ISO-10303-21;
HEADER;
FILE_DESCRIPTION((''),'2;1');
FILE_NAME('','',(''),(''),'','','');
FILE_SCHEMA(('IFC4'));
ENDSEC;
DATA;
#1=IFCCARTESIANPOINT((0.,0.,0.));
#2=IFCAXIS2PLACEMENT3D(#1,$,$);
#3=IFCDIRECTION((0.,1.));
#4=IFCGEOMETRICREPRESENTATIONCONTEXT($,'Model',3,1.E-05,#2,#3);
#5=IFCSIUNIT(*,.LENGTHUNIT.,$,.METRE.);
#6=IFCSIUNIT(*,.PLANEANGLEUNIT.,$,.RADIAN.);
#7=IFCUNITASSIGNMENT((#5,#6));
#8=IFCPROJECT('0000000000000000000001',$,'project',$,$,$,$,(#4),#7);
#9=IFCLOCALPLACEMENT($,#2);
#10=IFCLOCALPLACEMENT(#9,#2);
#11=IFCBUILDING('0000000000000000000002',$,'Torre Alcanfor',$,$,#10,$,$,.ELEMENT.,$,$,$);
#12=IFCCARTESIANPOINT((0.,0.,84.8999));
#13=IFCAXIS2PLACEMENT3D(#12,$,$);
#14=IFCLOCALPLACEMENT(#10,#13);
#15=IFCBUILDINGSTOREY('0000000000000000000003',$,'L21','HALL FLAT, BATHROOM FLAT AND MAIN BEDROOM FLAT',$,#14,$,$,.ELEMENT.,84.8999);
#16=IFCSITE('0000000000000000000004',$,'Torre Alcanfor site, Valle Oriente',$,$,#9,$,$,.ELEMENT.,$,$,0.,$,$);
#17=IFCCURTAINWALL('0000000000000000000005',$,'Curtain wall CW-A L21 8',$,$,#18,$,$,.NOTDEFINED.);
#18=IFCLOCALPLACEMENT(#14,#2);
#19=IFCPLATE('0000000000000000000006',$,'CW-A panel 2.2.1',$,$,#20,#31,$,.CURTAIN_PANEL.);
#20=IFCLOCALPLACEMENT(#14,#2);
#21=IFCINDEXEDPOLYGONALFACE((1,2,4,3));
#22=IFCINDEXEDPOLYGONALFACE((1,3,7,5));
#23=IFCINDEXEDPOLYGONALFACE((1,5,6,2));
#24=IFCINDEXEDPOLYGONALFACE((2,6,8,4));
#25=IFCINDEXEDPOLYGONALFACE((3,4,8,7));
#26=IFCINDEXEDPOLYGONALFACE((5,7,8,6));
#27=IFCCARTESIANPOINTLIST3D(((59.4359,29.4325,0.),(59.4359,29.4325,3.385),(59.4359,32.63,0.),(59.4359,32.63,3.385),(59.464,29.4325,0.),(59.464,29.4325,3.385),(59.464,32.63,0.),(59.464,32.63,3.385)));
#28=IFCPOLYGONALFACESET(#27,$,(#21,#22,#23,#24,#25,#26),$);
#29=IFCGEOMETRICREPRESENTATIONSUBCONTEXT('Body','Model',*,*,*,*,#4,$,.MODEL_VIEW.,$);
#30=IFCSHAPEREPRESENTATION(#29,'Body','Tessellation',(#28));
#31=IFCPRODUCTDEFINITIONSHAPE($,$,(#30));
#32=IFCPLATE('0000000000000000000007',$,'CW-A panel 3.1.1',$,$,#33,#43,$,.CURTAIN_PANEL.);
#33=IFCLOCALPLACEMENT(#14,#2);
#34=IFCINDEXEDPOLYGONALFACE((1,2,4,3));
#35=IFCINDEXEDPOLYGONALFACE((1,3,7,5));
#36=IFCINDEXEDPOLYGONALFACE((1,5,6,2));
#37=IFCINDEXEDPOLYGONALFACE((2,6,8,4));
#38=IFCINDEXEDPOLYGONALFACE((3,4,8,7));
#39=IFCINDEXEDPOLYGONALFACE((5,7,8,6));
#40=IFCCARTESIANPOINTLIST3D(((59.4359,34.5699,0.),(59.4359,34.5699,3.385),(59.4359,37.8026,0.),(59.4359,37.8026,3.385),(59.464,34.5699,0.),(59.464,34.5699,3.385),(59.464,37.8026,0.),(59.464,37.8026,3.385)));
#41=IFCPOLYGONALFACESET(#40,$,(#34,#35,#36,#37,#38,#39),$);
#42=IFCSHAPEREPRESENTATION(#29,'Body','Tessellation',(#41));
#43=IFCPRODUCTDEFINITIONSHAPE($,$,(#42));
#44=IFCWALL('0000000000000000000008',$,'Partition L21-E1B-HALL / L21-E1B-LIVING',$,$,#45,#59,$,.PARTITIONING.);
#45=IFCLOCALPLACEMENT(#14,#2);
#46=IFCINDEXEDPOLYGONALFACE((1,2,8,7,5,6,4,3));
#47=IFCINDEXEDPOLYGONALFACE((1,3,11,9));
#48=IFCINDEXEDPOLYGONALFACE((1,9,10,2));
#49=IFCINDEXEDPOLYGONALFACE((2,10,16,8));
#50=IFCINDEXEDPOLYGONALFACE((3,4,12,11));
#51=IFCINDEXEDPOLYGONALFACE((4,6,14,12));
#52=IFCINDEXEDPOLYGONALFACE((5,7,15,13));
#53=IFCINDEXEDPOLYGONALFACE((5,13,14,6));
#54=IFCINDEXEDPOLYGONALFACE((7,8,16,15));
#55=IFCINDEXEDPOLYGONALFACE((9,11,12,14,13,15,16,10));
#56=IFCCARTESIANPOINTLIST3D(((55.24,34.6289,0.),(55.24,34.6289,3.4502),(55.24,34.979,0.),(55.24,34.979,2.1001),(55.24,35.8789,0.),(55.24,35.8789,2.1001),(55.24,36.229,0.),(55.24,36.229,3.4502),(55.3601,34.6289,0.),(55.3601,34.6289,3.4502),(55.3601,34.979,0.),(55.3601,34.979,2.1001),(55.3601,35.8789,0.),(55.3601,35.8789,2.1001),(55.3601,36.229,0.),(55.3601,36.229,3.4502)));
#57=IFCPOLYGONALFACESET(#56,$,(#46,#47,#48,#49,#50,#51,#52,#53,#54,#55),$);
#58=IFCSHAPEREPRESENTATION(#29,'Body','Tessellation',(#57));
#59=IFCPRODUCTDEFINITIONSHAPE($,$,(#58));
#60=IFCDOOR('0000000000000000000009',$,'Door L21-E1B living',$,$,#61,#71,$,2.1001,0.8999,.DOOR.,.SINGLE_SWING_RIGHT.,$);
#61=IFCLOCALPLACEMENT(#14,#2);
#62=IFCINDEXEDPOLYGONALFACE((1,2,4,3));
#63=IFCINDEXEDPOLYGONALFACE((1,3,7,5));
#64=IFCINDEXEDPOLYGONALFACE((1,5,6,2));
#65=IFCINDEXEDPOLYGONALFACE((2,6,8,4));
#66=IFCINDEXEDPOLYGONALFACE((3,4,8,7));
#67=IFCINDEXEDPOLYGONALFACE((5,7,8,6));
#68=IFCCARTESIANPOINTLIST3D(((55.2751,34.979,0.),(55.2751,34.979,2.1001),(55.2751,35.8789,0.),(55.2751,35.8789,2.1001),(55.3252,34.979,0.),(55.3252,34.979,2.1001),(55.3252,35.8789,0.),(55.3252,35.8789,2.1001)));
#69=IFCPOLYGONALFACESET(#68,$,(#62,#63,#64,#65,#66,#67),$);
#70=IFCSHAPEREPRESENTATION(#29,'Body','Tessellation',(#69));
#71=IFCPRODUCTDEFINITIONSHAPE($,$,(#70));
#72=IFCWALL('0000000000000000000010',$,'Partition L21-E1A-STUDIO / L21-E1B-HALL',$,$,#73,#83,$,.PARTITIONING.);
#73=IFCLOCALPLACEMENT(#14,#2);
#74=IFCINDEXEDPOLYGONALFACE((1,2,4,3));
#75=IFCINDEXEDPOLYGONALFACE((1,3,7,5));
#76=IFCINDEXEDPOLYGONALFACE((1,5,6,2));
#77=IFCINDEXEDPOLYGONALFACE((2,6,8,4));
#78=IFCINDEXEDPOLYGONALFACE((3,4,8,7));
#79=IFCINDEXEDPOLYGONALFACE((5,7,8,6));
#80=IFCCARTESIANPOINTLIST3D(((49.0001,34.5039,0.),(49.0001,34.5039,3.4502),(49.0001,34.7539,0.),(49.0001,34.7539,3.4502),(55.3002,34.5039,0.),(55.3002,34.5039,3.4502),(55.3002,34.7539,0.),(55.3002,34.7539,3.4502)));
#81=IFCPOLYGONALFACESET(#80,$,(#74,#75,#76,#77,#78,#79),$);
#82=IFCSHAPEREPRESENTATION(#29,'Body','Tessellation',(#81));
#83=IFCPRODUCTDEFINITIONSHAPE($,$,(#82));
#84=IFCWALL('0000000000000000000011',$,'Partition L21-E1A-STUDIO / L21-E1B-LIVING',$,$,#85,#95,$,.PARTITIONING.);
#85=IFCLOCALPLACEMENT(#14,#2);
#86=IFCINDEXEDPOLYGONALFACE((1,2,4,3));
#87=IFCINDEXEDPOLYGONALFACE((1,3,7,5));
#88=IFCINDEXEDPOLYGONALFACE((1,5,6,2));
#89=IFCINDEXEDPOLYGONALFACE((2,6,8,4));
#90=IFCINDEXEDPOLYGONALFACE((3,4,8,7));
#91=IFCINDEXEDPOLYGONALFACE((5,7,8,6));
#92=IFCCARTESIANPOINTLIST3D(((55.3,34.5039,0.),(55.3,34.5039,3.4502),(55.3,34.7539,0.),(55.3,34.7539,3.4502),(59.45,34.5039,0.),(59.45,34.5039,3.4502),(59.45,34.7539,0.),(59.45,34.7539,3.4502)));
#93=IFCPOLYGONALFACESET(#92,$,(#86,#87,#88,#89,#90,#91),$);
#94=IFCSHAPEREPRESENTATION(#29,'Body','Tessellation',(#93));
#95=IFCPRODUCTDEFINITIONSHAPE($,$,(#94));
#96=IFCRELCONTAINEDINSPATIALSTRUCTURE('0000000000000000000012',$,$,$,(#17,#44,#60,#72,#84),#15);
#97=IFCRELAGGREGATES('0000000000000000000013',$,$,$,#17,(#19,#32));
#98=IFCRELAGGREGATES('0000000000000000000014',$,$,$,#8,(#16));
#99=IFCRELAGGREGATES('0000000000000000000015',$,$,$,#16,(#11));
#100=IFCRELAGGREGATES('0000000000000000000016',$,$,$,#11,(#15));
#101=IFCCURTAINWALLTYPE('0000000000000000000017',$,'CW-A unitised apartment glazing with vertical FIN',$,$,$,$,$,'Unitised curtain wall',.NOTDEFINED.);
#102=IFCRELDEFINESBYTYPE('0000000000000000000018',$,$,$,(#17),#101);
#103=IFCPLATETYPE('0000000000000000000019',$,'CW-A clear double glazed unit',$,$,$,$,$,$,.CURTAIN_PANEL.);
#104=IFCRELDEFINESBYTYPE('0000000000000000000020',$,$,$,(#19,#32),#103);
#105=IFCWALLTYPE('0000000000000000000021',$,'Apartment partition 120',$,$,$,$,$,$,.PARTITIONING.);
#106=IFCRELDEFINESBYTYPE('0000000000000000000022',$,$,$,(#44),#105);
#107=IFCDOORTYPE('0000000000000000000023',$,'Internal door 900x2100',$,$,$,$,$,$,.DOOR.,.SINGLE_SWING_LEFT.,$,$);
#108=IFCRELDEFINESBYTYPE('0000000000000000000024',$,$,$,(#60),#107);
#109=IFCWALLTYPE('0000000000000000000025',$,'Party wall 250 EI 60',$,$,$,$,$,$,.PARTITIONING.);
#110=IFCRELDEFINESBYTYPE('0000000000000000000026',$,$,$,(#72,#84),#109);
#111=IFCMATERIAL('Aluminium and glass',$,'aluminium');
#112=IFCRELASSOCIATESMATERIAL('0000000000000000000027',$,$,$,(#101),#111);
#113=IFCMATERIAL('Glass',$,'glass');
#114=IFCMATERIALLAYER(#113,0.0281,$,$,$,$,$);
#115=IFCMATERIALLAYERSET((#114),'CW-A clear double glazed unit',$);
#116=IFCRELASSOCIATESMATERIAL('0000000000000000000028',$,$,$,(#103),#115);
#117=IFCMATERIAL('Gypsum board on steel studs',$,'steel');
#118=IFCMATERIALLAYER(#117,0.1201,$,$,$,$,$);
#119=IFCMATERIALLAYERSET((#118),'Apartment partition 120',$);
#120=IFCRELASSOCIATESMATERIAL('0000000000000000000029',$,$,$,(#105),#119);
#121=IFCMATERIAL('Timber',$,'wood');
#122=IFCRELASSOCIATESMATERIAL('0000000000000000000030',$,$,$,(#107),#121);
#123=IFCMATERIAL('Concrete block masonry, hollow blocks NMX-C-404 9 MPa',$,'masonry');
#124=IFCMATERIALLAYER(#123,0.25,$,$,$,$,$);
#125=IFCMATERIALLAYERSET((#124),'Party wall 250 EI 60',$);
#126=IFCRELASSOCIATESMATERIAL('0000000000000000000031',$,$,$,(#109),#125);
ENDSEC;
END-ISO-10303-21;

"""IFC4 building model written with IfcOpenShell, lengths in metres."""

from ifc_helpers import new_model, si_unit, direction, frame, frame_2d, origin, origin_2d, place, context, subcontext, project, spatial, rectangle, extrude, material, layer, layer_set, type_object, element, fill, aggregate, save


model = new_model("IFC4")

# Units and contexts
model_context = context("Model", 3, precision=1e-05, world=origin(), true_north=direction((0.0, 1.0)))
body_context = subcontext(model_context, "Body", "Model", "MODEL_VIEW")
ifc_project = project(units=[si_unit("LENGTHUNIT", "METRE"), si_unit("PLANEANGLEUNIT", "RADIAN")], contexts=[model_context])

# Site, building, storey
site_placement = place(None, origin())
site = spatial("IfcSite", under=ifc_project, at=site_placement, Name="Torre Alcanfor site, Valle Oriente", CompositionType="ELEMENT", RefElevation=0.0)
building_placement = place(site_placement, origin())
building = spatial("IfcBuilding", under=site, at=building_placement, Name="Torre Alcanfor", CompositionType="ELEMENT")
storey_placement = place(building_placement, frame((0.0, 0.0, 84.8999)))
storey = spatial("IfcBuildingStorey", under=building, at=storey_placement, Name="L21", Description="HALL FLAT, BATHROOM FLAT AND MAIN BEDROOM FLAT", CompositionType="ELEMENT", Elevation=84.8999)

# Curtain wall
ifc_material_1 = material(Name="Aluminium and glass", Category="aluminium")
curtain_wall_type = type_object("IfcCurtainWallType", Name="CW-A unitised apartment glazing with vertical FIN", ElementType="Unitised curtain wall", PredefinedType="NOTDEFINED", material=ifc_material_1)
curtain_wall_placement = place(storey_placement, origin())
curtain_wall = element("IfcCurtainWall", 1, at=curtain_wall_placement, inside=storey, type_object=curtain_wall_type, Name="Curtain wall CW-A L21 8", PredefinedType="NOTDEFINED")

# Plates
ifc_material_2 = material(Name="Glass", Category="glass")
ifc_layer_1 = layer(ifc_material_2, 0.0281)
ifc_layer_set_1 = layer_set([ifc_layer_1], Name="CW-A clear double glazed unit")
plate_type = type_object("IfcPlateType", Name="CW-A clear double glazed unit", PredefinedType="CURTAIN_PANEL", material=ifc_layer_set_1)
plate_1_placement = place(storey_placement, frame((59.45, 31.0312, 0.0), z_axis=(0.0, 0.0, 1.0), x_axis=(0.0, 1.0, 0.0)))
plate_1 = element("IfcPlate", 2, at=plate_1_placement, type_object=plate_type, Name="CW-A panel 2.2.1", PredefinedType="CURTAIN_PANEL", context=body_context, shape_type="SweptSolid", body=[
    extrude(rectangle(XDim=3.1975, YDim=0.0281, at=origin_2d()), origin(), (0.0, 0.0, 1.0), 3.385),
])
plate_2_placement = place(storey_placement, frame((59.45, 36.1863, 0.0), z_axis=(0.0, 0.0, 1.0), x_axis=(0.0, 1.0, 0.0)))
plate_2 = element("IfcPlate", 3, at=plate_2_placement, type_object=plate_type, Name="CW-A panel 3.1.1", PredefinedType="CURTAIN_PANEL", context=body_context, shape_type="SweptSolid", body=[
    extrude(rectangle(XDim=3.2327, YDim=0.0281, at=origin_2d()), origin(), (0.0, 0.0, 1.0), 3.385),
])
aggregate(curtain_wall, [plate_1, plate_2])

# Wall, opening, door
ifc_material_3 = material(Name="Gypsum board on steel studs", Category="steel")
ifc_layer_2 = layer(ifc_material_3, 0.1201)
ifc_layer_set_2 = layer_set([ifc_layer_2], Name="Apartment partition 120")
wall_type_1 = type_object("IfcWallType", Name="Apartment partition 120", PredefinedType="PARTITIONING", material=ifc_layer_set_2)
wall_1_placement = place(storey_placement, frame((55.3, 34.6289, 0.0), z_axis=(0.0, 0.0, 1.0), x_axis=(0.0, 1.0, 0.0)))
wall_1 = element("IfcWall", 4, at=wall_1_placement, inside=storey, type_object=wall_type_1, Name="Partition L21-E1B-HALL / L21-E1B-LIVING", PredefinedType="PARTITIONING", context=body_context, shape_type="SweptSolid", body=[
    extrude(rectangle(XDim=1.6001, YDim=0.1201, at=frame_2d((0.8, 0.0))), origin(), (0.0, 0.0, 1.0), 3.4502),
])
opening_placement = place(wall_1_placement, frame((0.3501, 0.0, 0.0)))
opening = element("IfcOpeningElement", 5, at=opening_placement, cuts=wall_1, PredefinedType="OPENING", context=body_context, shape_type="SweptSolid", body=[
    extrude(rectangle(XDim=0.8999, YDim=2.1001, at=frame_2d((0.45, 1.05))), frame((0.0, 0.0701, 0.0), z_axis=(0.0, -1.0, 0.0), x_axis=(1.0, 0.0, 0.0)), (0.0, 0.0, 1.0), 0.1401),
])
ifc_material_4 = material(Name="Timber", Category="wood")
door_type = type_object("IfcDoorType", Name="Internal door 900x2100", OperationType="SINGLE_SWING_LEFT", PredefinedType="DOOR", material=ifc_material_4)
door_placement = place(opening_placement, frame((0.8999, 0.0, 0.0), z_axis=(0.0, 0.0, 1.0), x_axis=(-1.0, 0.0, 0.0)))
door = element("IfcDoor", 6, at=door_placement, inside=storey, type_object=door_type, Name="Door L21-E1B living", OperationType="SINGLE_SWING_RIGHT", OverallHeight=2.1001, OverallWidth=0.8999, PredefinedType="DOOR", context=body_context, shape_type="SweptSolid", body=[
    extrude(rectangle(XDim=0.8999, YDim=2.1001, at=frame_2d((0.45, 1.05))), frame((0.0, 0.0251, 0.0), z_axis=(0.0, -1.0, 0.0), x_axis=(1.0, 0.0, 0.0)), (0.0, 0.0, 1.0), 0.05),
])
fill(opening, door)

# Walls
ifc_material_5 = material(Name="Concrete block masonry, hollow blocks NMX-C-404 9 MPa", Category="masonry")
ifc_layer_3 = layer(ifc_material_5, 0.25)
ifc_layer_set_3 = layer_set([ifc_layer_3], Name="Party wall 250 EI 60")
wall_type_2 = type_object("IfcWallType", Name="Party wall 250 EI 60", PredefinedType="PARTITIONING", material=ifc_layer_set_3)
wall_2_placement = place(storey_placement, frame((55.3, 34.6289, 0.0), z_axis=(0.0, 0.0, 1.0), x_axis=(-1.0, 0.0, 0.0)))
element("IfcWall", 7, at=wall_2_placement, inside=storey, type_object=wall_type_2, Name="Partition L21-E1A-STUDIO / L21-E1B-HALL", PredefinedType="PARTITIONING", context=body_context, shape_type="SweptSolid", body=[
    extrude(rectangle(XDim=6.3, YDim=0.25, at=frame_2d((3.1499, 0.0))), origin(), (0.0, 0.0, 1.0), 3.4502),
])
wall_3_placement = place(storey_placement, frame((59.45, 34.6289, 0.0), z_axis=(0.0, 0.0, 1.0), x_axis=(-1.0, 0.0, 0.0)))
element("IfcWall", 8, at=wall_3_placement, inside=storey, type_object=wall_type_2, Name="Partition L21-E1A-STUDIO / L21-E1B-LIVING", PredefinedType="PARTITIONING", context=body_context, shape_type="SweptSolid", body=[
    extrude(rectangle(XDim=4.1499, YDim=0.25, at=frame_2d((2.075, 0.0))), origin(), (0.0, 0.0, 1.0), 3.4502),
])

save(model, "model.ifc")
